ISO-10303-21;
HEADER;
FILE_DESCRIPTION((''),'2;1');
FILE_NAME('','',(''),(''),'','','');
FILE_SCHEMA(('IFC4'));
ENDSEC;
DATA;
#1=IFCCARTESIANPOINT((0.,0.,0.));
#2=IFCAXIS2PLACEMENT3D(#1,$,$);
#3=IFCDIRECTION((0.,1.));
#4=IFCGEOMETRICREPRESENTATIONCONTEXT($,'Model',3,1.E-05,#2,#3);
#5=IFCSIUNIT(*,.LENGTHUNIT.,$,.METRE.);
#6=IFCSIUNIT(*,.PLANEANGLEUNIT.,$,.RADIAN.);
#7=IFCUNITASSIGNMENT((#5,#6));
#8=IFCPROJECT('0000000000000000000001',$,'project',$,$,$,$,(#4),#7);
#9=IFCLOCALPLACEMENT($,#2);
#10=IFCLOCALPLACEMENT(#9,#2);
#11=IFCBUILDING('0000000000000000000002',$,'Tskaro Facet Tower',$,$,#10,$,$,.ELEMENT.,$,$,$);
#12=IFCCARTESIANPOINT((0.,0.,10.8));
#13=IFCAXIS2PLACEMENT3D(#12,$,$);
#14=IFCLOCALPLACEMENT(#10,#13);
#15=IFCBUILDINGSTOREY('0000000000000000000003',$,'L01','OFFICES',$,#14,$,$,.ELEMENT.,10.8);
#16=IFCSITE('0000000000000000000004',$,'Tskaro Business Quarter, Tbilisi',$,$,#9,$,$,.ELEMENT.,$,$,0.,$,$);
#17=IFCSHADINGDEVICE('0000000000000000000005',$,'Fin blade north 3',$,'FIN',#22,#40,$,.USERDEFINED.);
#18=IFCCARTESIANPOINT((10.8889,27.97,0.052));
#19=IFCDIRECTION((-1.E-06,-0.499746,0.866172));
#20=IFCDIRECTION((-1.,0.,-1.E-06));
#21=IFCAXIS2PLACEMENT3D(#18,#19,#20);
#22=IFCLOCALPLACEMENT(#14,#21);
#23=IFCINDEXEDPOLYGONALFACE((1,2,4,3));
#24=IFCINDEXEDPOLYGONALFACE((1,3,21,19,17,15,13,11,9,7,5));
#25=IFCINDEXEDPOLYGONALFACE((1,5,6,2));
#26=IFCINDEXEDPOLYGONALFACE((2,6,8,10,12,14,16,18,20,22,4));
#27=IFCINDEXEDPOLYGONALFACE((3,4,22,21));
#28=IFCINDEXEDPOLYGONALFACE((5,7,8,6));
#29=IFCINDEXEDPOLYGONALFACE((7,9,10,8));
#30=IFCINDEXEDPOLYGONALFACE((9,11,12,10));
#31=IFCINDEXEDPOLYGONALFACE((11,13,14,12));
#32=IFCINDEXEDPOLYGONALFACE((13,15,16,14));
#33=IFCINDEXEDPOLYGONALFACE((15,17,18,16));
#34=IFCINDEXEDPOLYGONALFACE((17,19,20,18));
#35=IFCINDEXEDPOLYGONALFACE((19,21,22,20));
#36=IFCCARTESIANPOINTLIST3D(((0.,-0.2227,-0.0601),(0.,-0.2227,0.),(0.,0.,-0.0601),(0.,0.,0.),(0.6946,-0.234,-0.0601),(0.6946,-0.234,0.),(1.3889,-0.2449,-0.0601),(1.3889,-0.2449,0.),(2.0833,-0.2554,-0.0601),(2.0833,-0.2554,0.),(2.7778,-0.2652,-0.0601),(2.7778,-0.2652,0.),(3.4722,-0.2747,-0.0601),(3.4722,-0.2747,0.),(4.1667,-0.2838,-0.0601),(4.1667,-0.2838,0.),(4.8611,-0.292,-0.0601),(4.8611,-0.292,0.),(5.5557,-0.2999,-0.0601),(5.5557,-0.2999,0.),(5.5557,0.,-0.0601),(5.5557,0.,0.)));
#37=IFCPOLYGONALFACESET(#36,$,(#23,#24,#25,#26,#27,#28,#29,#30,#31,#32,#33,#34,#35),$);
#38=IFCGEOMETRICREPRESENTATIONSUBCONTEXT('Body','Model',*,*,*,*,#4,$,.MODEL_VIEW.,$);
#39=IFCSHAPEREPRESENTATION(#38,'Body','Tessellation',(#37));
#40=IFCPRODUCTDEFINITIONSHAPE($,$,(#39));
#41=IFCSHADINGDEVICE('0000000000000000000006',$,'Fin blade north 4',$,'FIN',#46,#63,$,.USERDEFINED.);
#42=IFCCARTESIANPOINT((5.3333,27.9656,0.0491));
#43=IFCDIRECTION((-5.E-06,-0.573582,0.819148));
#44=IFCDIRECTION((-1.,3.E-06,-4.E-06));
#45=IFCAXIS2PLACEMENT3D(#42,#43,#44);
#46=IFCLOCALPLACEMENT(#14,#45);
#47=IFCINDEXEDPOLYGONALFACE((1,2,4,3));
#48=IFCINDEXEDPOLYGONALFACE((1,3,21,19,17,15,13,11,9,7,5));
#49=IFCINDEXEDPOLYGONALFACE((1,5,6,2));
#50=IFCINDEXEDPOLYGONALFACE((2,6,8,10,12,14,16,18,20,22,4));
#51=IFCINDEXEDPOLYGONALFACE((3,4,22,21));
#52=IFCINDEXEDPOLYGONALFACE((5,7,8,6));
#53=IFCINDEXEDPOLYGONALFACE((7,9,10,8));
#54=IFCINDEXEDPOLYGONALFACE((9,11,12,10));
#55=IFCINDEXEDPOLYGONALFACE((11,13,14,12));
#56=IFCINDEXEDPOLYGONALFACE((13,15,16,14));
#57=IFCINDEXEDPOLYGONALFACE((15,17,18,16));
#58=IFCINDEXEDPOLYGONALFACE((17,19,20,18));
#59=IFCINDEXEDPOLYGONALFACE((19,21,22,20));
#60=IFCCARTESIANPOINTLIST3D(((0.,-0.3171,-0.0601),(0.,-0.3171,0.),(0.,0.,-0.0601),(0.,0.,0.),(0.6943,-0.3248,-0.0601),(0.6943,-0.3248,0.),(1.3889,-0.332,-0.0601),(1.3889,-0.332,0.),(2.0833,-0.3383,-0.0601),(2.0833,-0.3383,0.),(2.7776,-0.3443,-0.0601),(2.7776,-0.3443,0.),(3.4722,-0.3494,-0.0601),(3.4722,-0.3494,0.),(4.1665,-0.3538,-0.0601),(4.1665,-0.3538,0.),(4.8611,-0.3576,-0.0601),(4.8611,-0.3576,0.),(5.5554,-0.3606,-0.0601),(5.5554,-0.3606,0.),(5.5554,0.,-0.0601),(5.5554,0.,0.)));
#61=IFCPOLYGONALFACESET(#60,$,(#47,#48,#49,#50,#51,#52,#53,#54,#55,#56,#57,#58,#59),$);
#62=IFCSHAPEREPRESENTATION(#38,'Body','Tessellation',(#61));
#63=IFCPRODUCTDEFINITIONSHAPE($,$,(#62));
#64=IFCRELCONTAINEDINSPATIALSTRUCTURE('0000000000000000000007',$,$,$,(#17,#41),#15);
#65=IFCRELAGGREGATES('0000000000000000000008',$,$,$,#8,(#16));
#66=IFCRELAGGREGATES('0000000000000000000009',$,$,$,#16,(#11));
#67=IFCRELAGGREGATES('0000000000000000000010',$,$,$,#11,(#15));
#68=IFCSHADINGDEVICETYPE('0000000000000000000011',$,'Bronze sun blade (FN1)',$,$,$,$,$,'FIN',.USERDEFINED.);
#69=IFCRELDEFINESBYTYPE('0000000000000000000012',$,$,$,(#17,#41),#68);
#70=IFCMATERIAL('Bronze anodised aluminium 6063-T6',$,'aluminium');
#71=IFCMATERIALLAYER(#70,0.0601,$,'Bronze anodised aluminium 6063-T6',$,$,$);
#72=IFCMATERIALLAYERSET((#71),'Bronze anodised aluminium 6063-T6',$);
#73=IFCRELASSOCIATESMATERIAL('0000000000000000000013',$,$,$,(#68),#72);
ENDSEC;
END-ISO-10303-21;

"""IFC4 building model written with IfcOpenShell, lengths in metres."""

from ifc_helpers import new_model, si_unit, direction, frame, origin, place, context, subcontext, project, spatial, polyline, outline, extrude, material, layer, layer_set, type_object, element, save


model = new_model("IFC4")

# Units and contexts
model_context = context("Model", 3, precision=1e-05, world=origin(), true_north=direction((0.0, 1.0)))
body_context = subcontext(model_context, "Body", "Model", "MODEL_VIEW")
ifc_project = project(units=[si_unit("LENGTHUNIT", "METRE"), si_unit("PLANEANGLEUNIT", "RADIAN")], contexts=[model_context])

# Site, building, storey
site_placement = place(None, origin())
site = spatial("IfcSite", under=ifc_project, at=site_placement, Name="Tskaro Business Quarter, Tbilisi", CompositionType="ELEMENT", RefElevation=0.0)
building_placement = place(site_placement, origin())
building = spatial("IfcBuilding", under=site, at=building_placement, Name="Tskaro Facet Tower", CompositionType="ELEMENT")
storey_placement = place(building_placement, frame((0.0, 0.0, 10.8)))
storey = spatial("IfcBuildingStorey", under=building, at=storey_placement, Name="L01", Description="OFFICES", CompositionType="ELEMENT", Elevation=10.8)

# Shared definitions
ifc_material_1 = material(Name="Bronze anodised aluminium 6063-T6", Category="aluminium")

# Shading devices
ifc_layer_1 = layer(ifc_material_1, 0.0601, Name="Bronze anodised aluminium 6063-T6")
ifc_layer_set_1 = layer_set([ifc_layer_1], Name="Bronze anodised aluminium 6063-T6")
shading_device_type = type_object("IfcShadingDeviceType", Name="Bronze sun blade (FN1)", ElementType="FIN", PredefinedType="USERDEFINED", material=ifc_layer_set_1)
shading_device_1_placement = place(storey_placement, frame((10.8889, 27.97, 0.052), z_axis=(-0.000001, -0.499746, 0.866172), x_axis=(-1.0, 0.0, -0.000001)))
element("IfcShadingDevice", 1, at=shading_device_1_placement, inside=storey, type_object=shading_device_type, Name="Fin blade north 3", ObjectType="FIN", PredefinedType="USERDEFINED", context=body_context, shape_type="SweptSolid", body=[
    extrude(outline(polyline([(0.0, 0.0), (5.5557, 0.0), (5.5557, -0.2999), (4.8611, -0.292), (4.1667, -0.2838), (3.4722, -0.2747), (2.7778, -0.2652), (2.0833, -0.2554), (1.3889, -0.2449), (0.6946, -0.234), (0.0, -0.2227), (0.0, 0.0)])), origin(), (0.0, 0.0, -1.0), 0.0601),
])
shading_device_2_placement = place(storey_placement, frame((5.3333, 27.9656, 0.0491), z_axis=(-0.000005, -0.573582, 0.819148), x_axis=(-1.0, 0.000003, -0.000004)))
element("IfcShadingDevice", 2, at=shading_device_2_placement, inside=storey, type_object=shading_device_type, Name="Fin blade north 4", ObjectType="FIN", PredefinedType="USERDEFINED", context=body_context, shape_type="SweptSolid", body=[
    extrude(outline(polyline([(0.0, 0.0), (5.5554, 0.0), (5.5554, -0.3606), (4.8611, -0.3576), (4.1665, -0.3538), (3.4722, -0.3494), (2.7776, -0.3443), (2.0833, -0.3383), (1.3889, -0.332), (0.6943, -0.3248), (0.0, -0.3171), (0.0, 0.0)])), origin(), (0.0, 0.0, -1.0), 0.0601),
])

save(model, "model.ifc")
